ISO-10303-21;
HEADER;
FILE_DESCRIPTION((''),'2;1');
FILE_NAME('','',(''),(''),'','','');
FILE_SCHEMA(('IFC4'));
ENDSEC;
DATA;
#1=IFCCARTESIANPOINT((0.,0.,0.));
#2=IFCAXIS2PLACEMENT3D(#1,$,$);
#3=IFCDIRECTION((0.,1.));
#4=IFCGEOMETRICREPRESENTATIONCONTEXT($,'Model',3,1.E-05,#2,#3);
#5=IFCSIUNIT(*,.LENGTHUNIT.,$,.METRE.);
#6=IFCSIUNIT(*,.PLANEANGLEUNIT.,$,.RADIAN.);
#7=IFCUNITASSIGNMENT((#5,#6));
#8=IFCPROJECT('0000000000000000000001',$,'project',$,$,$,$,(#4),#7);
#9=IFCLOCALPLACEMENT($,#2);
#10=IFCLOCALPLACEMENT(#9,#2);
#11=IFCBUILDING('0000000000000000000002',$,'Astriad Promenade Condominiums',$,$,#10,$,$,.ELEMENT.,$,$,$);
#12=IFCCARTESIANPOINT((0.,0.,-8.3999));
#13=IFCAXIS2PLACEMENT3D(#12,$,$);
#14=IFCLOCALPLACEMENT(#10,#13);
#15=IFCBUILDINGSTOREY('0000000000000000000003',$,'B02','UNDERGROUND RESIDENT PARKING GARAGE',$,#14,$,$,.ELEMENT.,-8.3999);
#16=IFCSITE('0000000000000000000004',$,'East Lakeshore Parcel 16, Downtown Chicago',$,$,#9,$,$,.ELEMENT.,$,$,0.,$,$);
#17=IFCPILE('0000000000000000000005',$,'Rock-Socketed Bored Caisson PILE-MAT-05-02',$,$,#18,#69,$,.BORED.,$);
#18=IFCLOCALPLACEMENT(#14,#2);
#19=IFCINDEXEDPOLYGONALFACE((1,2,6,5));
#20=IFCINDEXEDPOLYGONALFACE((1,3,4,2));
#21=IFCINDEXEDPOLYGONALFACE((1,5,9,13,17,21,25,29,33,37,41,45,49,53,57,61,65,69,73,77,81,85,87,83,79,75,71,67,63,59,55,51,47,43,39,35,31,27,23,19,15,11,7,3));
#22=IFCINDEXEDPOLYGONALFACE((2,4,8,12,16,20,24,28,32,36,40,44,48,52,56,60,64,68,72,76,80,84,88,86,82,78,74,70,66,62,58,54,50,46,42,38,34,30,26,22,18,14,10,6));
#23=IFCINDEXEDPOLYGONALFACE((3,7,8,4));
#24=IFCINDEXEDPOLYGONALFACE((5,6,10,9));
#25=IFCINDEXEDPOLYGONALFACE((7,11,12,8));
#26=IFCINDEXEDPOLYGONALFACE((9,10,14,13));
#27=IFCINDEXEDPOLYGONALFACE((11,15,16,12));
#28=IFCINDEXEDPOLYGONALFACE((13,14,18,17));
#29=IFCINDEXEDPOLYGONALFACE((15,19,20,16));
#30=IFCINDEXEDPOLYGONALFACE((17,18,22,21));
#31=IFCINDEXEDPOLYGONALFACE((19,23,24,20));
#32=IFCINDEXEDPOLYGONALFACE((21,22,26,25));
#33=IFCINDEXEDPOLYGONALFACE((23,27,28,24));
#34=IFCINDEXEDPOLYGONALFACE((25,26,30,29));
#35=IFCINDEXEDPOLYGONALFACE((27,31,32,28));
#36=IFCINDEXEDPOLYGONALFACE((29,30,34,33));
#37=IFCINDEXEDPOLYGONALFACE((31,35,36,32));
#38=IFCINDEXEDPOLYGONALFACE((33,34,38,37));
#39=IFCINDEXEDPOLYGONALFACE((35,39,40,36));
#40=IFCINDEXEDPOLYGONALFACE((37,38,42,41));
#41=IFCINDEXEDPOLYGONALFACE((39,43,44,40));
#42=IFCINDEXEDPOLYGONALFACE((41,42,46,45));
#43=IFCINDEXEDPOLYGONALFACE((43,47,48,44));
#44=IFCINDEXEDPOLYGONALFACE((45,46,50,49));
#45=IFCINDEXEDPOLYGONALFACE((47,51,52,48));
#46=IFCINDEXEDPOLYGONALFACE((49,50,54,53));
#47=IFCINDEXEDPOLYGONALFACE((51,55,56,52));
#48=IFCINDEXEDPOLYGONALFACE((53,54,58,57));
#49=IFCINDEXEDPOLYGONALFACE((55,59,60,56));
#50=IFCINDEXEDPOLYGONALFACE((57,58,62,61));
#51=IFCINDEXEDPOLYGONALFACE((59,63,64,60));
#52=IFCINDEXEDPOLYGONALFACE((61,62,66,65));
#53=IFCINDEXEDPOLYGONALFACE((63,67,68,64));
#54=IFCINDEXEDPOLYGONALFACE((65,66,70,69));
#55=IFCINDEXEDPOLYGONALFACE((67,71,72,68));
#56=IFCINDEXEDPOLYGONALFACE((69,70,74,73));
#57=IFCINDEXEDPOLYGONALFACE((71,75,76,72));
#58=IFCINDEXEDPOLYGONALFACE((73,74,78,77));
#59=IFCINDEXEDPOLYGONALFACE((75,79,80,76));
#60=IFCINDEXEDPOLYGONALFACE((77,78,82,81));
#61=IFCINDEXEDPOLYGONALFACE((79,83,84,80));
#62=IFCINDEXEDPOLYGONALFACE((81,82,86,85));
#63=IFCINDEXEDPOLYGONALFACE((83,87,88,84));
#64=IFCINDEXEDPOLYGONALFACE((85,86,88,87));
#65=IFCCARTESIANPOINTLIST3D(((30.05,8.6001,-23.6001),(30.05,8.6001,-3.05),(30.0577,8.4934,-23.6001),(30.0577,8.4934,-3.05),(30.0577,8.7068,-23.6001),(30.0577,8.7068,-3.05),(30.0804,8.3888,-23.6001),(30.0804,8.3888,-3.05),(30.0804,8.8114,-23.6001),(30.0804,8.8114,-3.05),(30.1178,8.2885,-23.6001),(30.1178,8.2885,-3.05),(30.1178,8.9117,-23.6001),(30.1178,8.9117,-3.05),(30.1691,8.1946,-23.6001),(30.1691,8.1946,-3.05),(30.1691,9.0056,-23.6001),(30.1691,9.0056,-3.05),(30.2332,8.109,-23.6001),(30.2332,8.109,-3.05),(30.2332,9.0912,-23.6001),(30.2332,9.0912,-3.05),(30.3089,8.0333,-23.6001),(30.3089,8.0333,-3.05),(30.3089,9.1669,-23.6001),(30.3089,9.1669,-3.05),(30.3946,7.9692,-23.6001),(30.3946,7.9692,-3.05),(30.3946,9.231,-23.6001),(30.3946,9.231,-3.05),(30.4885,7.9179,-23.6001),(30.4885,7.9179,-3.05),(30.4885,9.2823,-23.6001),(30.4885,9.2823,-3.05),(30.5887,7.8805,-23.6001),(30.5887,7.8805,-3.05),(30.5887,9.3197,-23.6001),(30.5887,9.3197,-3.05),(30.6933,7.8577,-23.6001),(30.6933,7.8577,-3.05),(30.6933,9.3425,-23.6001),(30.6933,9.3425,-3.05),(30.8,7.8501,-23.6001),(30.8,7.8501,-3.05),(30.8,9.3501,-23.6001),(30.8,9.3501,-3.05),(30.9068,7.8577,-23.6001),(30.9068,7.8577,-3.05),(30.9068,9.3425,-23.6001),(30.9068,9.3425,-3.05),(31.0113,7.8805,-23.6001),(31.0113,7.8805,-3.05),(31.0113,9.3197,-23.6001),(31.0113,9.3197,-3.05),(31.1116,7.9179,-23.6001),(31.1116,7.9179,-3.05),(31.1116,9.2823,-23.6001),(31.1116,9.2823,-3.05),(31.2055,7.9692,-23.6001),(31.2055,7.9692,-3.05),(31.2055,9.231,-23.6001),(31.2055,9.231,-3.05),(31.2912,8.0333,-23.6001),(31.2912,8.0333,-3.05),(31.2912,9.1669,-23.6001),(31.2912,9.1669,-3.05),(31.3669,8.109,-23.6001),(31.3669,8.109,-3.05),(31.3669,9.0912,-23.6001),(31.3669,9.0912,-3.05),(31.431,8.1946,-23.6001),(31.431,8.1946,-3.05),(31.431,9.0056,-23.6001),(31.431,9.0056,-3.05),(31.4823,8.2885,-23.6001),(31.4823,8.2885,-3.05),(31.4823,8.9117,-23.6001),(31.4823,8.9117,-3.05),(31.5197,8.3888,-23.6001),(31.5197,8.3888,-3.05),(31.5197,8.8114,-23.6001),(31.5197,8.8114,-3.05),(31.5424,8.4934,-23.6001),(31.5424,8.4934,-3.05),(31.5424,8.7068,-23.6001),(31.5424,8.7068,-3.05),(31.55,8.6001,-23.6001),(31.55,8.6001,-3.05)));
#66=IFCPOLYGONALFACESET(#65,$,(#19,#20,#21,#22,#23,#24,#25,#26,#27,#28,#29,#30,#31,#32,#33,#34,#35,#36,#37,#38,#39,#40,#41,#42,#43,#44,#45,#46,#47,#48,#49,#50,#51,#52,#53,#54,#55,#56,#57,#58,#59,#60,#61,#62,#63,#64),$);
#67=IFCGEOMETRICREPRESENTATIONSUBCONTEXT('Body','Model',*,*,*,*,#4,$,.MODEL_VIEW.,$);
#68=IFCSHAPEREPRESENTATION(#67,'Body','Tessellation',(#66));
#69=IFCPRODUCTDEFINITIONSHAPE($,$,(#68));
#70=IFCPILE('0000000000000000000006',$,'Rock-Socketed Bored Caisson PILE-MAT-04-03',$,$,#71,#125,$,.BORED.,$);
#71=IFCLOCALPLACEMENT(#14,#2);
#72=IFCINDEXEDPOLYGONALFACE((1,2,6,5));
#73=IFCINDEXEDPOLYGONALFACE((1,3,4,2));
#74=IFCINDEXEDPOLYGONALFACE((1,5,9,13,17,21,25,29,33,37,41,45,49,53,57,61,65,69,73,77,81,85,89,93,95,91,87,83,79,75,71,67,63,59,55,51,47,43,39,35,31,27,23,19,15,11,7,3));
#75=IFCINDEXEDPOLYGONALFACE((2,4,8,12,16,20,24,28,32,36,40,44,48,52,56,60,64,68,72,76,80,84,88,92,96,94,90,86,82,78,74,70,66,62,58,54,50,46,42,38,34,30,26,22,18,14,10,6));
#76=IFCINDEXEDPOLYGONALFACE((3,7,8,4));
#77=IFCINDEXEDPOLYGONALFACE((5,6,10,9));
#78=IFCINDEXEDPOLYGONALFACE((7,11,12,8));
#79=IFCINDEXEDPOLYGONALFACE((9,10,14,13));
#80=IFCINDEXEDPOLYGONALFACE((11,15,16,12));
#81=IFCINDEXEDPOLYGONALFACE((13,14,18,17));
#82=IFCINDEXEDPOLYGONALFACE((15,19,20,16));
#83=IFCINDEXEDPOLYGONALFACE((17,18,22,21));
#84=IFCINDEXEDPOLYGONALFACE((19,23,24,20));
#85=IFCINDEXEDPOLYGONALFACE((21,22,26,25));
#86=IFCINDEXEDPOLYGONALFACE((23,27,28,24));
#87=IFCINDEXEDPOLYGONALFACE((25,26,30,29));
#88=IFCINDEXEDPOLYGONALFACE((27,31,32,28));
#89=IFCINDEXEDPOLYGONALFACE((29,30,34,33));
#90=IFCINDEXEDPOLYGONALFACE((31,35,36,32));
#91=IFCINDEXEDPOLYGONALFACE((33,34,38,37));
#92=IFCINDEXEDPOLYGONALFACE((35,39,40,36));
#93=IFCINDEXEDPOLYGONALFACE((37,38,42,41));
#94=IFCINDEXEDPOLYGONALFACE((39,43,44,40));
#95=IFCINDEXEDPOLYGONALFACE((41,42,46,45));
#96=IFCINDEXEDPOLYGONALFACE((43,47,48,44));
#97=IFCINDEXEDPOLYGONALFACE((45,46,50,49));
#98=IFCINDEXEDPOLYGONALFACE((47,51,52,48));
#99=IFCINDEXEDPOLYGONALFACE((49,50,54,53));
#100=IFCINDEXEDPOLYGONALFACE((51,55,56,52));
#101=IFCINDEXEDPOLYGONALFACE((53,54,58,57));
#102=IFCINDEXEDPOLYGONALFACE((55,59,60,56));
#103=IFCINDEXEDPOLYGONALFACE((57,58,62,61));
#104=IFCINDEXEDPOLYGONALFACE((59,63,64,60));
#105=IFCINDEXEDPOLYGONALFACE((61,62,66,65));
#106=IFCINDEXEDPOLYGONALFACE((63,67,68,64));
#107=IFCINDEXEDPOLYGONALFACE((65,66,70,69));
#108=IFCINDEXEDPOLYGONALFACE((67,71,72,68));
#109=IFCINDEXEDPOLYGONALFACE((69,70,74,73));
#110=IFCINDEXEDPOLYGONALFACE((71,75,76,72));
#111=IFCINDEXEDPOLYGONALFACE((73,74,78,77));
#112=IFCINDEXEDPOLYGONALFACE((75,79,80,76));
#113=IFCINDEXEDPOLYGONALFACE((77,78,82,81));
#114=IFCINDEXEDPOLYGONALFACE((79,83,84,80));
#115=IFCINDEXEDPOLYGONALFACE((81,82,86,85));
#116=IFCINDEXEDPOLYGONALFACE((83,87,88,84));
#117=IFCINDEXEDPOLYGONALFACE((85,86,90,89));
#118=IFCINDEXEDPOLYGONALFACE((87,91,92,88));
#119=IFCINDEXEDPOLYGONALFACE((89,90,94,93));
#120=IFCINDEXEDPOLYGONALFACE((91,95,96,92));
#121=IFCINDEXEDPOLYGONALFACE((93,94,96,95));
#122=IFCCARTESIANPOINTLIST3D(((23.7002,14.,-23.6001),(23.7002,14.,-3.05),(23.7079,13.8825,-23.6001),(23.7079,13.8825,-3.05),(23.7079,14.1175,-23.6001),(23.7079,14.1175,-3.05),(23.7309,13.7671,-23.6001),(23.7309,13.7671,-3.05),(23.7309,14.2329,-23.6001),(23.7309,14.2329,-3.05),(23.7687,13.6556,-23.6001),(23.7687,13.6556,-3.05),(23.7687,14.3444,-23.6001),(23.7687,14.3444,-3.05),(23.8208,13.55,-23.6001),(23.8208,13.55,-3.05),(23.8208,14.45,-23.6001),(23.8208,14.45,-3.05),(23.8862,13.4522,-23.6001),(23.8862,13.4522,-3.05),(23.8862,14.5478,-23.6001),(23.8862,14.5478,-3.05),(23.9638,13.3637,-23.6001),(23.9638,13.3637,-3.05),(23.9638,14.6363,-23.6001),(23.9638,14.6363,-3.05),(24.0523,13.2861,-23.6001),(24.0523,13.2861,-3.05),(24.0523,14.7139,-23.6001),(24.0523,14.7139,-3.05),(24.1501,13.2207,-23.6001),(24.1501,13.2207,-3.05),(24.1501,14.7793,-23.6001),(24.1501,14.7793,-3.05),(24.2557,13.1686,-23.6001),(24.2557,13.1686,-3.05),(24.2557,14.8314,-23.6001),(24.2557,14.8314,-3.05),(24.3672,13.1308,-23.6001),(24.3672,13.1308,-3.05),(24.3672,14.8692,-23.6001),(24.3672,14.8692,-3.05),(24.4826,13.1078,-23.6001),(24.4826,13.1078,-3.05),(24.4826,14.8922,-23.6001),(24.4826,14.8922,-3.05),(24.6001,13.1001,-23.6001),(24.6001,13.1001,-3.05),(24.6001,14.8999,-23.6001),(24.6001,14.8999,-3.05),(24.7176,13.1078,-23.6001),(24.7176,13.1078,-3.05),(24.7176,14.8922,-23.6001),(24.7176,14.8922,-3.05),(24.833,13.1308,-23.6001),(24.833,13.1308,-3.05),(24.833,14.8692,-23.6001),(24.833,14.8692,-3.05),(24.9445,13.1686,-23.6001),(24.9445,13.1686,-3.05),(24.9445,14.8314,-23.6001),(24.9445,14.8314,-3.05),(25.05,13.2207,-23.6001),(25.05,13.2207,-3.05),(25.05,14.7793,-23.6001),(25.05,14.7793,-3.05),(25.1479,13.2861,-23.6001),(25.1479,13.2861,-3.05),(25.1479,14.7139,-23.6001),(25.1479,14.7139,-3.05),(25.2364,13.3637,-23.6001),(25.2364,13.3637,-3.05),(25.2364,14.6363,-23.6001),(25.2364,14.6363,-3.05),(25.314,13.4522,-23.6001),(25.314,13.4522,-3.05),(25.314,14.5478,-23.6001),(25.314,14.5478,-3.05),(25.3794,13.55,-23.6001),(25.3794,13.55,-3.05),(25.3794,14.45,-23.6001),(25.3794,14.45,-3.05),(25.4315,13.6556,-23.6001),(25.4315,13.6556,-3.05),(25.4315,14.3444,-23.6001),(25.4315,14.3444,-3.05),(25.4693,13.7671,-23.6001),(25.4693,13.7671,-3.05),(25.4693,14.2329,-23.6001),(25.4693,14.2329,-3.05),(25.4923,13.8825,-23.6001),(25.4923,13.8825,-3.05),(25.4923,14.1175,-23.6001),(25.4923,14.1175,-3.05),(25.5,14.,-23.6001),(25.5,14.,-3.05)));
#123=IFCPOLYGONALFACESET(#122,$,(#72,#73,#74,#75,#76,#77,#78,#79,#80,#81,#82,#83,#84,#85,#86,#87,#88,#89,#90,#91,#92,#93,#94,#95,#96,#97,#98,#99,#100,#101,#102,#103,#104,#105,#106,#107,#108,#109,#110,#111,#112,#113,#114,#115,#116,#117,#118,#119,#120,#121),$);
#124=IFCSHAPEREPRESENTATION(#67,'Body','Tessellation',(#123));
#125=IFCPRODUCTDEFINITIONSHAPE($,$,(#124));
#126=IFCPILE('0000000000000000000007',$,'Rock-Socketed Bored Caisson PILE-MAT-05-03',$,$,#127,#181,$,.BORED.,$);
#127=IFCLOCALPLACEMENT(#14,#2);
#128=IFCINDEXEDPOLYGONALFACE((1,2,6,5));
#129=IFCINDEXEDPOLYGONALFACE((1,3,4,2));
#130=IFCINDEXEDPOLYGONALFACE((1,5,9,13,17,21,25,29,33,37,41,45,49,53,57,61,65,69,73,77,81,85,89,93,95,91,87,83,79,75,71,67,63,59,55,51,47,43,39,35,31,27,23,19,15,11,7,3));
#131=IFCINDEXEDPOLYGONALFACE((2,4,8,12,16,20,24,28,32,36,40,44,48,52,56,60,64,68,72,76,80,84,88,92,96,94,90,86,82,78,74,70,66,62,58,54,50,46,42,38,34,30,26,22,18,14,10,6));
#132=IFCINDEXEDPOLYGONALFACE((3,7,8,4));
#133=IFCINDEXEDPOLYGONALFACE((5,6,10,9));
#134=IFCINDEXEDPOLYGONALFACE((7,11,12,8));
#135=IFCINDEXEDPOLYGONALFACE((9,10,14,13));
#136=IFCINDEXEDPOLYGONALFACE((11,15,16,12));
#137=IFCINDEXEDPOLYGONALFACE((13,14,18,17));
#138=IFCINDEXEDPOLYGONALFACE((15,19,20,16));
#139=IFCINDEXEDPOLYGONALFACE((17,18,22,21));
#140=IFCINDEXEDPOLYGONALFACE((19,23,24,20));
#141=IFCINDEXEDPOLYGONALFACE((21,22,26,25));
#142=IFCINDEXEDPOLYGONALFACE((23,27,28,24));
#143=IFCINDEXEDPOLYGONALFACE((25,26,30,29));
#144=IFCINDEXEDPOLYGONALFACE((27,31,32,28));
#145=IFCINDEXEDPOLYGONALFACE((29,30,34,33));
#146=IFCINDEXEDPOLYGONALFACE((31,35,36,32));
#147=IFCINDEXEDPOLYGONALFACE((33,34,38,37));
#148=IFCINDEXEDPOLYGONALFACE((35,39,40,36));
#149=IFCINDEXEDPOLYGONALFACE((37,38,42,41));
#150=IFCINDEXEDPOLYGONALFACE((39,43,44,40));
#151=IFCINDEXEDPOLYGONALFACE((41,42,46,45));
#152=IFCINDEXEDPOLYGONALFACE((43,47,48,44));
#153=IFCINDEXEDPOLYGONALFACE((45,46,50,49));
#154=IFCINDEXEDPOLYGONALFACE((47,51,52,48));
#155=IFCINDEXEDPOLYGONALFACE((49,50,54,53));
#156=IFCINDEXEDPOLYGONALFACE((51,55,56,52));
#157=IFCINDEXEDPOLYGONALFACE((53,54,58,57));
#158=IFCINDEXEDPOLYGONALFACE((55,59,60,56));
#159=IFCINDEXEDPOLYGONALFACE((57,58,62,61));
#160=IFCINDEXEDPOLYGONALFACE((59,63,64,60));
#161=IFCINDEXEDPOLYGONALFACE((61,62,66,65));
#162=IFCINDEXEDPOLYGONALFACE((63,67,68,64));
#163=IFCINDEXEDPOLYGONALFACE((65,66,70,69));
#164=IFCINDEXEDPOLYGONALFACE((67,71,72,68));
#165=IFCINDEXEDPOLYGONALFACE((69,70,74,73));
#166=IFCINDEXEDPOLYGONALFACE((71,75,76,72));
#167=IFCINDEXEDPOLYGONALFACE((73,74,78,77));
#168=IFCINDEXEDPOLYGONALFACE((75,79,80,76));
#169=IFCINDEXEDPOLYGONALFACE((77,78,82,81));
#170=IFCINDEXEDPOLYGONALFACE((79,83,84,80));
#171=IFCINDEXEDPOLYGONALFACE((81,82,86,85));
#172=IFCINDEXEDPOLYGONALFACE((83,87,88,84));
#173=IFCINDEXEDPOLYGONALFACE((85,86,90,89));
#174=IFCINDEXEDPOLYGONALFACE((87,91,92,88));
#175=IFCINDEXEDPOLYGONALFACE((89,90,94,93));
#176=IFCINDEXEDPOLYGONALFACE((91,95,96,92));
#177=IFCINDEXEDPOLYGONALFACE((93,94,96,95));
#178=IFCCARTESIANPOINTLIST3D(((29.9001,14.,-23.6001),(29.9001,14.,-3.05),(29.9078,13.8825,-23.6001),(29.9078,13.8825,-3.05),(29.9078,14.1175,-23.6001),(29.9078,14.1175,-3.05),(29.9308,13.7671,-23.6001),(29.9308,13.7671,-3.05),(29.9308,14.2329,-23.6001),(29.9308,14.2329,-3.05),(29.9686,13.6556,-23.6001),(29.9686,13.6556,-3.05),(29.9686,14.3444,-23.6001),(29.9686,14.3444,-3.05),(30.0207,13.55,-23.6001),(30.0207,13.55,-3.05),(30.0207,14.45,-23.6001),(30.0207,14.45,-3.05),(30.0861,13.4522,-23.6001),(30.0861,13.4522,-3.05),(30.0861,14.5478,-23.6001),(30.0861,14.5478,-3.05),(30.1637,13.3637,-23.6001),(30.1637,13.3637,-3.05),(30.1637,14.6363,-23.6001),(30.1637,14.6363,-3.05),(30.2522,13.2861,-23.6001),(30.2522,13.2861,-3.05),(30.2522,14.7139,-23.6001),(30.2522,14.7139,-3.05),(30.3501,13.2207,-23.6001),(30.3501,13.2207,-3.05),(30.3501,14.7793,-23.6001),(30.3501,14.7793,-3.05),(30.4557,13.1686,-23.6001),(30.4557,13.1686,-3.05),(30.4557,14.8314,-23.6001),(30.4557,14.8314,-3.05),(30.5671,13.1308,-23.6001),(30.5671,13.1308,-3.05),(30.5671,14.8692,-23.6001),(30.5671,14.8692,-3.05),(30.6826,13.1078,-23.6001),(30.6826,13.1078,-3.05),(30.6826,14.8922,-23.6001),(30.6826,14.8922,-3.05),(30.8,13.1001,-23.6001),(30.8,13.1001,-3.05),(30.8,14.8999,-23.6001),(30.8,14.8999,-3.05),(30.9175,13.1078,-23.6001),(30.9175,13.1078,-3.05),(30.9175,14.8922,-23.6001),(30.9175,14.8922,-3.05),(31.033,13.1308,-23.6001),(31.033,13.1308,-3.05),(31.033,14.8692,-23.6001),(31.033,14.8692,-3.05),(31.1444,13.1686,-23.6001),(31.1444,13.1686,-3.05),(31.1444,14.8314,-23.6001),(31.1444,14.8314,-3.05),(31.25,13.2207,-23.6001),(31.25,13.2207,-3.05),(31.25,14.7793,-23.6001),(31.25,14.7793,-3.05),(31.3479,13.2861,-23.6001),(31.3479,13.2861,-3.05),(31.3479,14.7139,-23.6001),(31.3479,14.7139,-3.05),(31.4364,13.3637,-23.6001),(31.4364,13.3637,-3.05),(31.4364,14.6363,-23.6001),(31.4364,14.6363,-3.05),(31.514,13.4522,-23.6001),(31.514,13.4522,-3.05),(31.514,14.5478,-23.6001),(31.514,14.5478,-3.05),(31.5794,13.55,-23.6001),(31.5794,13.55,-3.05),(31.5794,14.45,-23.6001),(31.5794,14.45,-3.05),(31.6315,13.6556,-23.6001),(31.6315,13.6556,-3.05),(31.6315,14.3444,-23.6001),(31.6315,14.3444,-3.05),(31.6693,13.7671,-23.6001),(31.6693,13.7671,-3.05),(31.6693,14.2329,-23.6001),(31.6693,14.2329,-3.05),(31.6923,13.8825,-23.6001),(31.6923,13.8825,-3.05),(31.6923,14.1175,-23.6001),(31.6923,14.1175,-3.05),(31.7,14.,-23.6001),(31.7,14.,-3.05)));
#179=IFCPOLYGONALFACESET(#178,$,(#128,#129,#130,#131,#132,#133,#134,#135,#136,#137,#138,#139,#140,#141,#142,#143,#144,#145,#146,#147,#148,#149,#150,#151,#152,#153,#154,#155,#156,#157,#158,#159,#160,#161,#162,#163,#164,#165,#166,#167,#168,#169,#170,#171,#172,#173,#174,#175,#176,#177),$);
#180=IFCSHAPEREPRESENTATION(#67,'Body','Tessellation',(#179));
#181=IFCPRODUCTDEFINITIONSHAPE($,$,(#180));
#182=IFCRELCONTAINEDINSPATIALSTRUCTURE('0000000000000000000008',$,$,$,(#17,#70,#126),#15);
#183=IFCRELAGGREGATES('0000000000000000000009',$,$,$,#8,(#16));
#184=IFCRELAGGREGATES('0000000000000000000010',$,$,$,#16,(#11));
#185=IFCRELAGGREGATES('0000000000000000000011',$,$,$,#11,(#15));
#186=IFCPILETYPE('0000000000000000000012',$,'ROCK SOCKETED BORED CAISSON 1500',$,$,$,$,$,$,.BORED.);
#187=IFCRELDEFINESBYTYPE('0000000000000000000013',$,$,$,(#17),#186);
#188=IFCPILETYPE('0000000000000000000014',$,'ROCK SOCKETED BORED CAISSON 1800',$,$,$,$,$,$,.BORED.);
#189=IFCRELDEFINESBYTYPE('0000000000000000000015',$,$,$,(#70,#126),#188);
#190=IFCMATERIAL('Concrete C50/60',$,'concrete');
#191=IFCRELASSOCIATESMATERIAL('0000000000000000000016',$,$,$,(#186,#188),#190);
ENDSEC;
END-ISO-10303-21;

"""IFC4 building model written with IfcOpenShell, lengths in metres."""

from ifc_helpers import new_model, si_unit, direction, frame, origin, origin_2d, place, context, subcontext, project, spatial, circle, extrude, source, transform, mapped, material, material_profile, profile_set, type_object, type_shapes, element, save


model = new_model("IFC4")

# Units and contexts
model_context = context("Model", 3, precision=1e-05, world=origin(), true_north=direction((0.0, 1.0)))
body_context = subcontext(model_context, "Body", "Model", "MODEL_VIEW")
ifc_project = project(units=[si_unit("LENGTHUNIT", "METRE"), si_unit("PLANEANGLEUNIT", "RADIAN")], contexts=[model_context])

# Site, building, storey
site_placement = place(None, origin())
site = spatial("IfcSite", under=ifc_project, at=site_placement, Name="East Lakeshore Parcel 16, Downtown Chicago", CompositionType="ELEMENT", RefElevation=0.0)
building_placement = place(site_placement, origin())
building = spatial("IfcBuilding", under=site, at=building_placement, Name="Astriad Promenade Condominiums", CompositionType="ELEMENT")
storey_placement = place(building_placement, frame((0.0, 0.0, -8.3999)))
storey = spatial("IfcBuildingStorey", under=building, at=storey_placement, Name="B02", Description="UNDERGROUND RESIDENT PARKING GARAGE", CompositionType="ELEMENT", Elevation=-8.3999)

# Piles
ifc_material_1 = material(Name="Concrete C50/60", Category="concrete")
ifc_material_profile_1 = material_profile(ifc_material_1, circle(Radius=0.75, at=origin_2d()), Name="CAISSON-D1500")
ifc_profile_set_1 = profile_set([ifc_material_profile_1], Name="Concrete C50/60")
pile_type_1 = type_object("IfcPileType", Name="ROCK SOCKETED BORED CAISSON 1500", PredefinedType="BORED", material=ifc_profile_set_1)
shared_shape_1 = source(origin(), body_context, "Body", "SweptSolid", [
    extrude(circle(Radius=0.75, at=origin_2d()), origin(), (0.0, 0.0, 1.0), 20.55),
])
type_shapes(pile_type_1, [shared_shape_1])
for number, where, z_axis, x_axis, name in (
    (1, (30.8, 8.6001, -3.05), (0.0, 0.0, -1.0), (1.0, 0.0, 0.0), "Rock-Socketed Bored Caisson PILE-MAT-05-02"),
):
    element("IfcPile", number, at=place(storey_placement, frame(where, z_axis=z_axis, x_axis=x_axis)), inside=storey, type_object=pile_type_1, Name=name, PredefinedType="BORED", context=body_context, shape_type="MappedRepresentation", body=[
        mapped(shared_shape_1, transform((0.0, 0.0, 0.0), scale=1.0)),
    ])
ifc_material_profile_2 = material_profile(ifc_material_1, circle(Radius=0.8999, at=origin_2d()), Name="CAISSON-D1800")
ifc_profile_set_2 = profile_set([ifc_material_profile_2], Name="Concrete C50/60")
pile_type_2 = type_object("IfcPileType", Name="ROCK SOCKETED BORED CAISSON 1800", PredefinedType="BORED", material=ifc_profile_set_2)
shared_shape_2 = source(origin(), body_context, "Body", "SweptSolid", [
    extrude(circle(Radius=0.8999, at=origin_2d()), origin(), (0.0, 0.0, 1.0), 20.55),
])
type_shapes(pile_type_2, [shared_shape_2])
for number, where, z_axis, x_axis, name in (
    (2, (24.6001, 14.0, -3.05), (0.0, 0.0, -1.0), (1.0, 0.0, 0.0), "Rock-Socketed Bored Caisson PILE-MAT-04-03"),
    (3, (30.8, 14.0, -3.05), (0.0, 0.0, -1.0), (1.0, 0.0, 0.0), "Rock-Socketed Bored Caisson PILE-MAT-05-03"),
):
    element("IfcPile", number, at=place(storey_placement, frame(where, z_axis=z_axis, x_axis=x_axis)), inside=storey, type_object=pile_type_2, Name=name, PredefinedType="BORED", context=body_context, shape_type="MappedRepresentation", body=[
        mapped(shared_shape_2, transform((0.0, 0.0, 0.0), scale=1.0)),
    ])

save(model, "model.ifc")
